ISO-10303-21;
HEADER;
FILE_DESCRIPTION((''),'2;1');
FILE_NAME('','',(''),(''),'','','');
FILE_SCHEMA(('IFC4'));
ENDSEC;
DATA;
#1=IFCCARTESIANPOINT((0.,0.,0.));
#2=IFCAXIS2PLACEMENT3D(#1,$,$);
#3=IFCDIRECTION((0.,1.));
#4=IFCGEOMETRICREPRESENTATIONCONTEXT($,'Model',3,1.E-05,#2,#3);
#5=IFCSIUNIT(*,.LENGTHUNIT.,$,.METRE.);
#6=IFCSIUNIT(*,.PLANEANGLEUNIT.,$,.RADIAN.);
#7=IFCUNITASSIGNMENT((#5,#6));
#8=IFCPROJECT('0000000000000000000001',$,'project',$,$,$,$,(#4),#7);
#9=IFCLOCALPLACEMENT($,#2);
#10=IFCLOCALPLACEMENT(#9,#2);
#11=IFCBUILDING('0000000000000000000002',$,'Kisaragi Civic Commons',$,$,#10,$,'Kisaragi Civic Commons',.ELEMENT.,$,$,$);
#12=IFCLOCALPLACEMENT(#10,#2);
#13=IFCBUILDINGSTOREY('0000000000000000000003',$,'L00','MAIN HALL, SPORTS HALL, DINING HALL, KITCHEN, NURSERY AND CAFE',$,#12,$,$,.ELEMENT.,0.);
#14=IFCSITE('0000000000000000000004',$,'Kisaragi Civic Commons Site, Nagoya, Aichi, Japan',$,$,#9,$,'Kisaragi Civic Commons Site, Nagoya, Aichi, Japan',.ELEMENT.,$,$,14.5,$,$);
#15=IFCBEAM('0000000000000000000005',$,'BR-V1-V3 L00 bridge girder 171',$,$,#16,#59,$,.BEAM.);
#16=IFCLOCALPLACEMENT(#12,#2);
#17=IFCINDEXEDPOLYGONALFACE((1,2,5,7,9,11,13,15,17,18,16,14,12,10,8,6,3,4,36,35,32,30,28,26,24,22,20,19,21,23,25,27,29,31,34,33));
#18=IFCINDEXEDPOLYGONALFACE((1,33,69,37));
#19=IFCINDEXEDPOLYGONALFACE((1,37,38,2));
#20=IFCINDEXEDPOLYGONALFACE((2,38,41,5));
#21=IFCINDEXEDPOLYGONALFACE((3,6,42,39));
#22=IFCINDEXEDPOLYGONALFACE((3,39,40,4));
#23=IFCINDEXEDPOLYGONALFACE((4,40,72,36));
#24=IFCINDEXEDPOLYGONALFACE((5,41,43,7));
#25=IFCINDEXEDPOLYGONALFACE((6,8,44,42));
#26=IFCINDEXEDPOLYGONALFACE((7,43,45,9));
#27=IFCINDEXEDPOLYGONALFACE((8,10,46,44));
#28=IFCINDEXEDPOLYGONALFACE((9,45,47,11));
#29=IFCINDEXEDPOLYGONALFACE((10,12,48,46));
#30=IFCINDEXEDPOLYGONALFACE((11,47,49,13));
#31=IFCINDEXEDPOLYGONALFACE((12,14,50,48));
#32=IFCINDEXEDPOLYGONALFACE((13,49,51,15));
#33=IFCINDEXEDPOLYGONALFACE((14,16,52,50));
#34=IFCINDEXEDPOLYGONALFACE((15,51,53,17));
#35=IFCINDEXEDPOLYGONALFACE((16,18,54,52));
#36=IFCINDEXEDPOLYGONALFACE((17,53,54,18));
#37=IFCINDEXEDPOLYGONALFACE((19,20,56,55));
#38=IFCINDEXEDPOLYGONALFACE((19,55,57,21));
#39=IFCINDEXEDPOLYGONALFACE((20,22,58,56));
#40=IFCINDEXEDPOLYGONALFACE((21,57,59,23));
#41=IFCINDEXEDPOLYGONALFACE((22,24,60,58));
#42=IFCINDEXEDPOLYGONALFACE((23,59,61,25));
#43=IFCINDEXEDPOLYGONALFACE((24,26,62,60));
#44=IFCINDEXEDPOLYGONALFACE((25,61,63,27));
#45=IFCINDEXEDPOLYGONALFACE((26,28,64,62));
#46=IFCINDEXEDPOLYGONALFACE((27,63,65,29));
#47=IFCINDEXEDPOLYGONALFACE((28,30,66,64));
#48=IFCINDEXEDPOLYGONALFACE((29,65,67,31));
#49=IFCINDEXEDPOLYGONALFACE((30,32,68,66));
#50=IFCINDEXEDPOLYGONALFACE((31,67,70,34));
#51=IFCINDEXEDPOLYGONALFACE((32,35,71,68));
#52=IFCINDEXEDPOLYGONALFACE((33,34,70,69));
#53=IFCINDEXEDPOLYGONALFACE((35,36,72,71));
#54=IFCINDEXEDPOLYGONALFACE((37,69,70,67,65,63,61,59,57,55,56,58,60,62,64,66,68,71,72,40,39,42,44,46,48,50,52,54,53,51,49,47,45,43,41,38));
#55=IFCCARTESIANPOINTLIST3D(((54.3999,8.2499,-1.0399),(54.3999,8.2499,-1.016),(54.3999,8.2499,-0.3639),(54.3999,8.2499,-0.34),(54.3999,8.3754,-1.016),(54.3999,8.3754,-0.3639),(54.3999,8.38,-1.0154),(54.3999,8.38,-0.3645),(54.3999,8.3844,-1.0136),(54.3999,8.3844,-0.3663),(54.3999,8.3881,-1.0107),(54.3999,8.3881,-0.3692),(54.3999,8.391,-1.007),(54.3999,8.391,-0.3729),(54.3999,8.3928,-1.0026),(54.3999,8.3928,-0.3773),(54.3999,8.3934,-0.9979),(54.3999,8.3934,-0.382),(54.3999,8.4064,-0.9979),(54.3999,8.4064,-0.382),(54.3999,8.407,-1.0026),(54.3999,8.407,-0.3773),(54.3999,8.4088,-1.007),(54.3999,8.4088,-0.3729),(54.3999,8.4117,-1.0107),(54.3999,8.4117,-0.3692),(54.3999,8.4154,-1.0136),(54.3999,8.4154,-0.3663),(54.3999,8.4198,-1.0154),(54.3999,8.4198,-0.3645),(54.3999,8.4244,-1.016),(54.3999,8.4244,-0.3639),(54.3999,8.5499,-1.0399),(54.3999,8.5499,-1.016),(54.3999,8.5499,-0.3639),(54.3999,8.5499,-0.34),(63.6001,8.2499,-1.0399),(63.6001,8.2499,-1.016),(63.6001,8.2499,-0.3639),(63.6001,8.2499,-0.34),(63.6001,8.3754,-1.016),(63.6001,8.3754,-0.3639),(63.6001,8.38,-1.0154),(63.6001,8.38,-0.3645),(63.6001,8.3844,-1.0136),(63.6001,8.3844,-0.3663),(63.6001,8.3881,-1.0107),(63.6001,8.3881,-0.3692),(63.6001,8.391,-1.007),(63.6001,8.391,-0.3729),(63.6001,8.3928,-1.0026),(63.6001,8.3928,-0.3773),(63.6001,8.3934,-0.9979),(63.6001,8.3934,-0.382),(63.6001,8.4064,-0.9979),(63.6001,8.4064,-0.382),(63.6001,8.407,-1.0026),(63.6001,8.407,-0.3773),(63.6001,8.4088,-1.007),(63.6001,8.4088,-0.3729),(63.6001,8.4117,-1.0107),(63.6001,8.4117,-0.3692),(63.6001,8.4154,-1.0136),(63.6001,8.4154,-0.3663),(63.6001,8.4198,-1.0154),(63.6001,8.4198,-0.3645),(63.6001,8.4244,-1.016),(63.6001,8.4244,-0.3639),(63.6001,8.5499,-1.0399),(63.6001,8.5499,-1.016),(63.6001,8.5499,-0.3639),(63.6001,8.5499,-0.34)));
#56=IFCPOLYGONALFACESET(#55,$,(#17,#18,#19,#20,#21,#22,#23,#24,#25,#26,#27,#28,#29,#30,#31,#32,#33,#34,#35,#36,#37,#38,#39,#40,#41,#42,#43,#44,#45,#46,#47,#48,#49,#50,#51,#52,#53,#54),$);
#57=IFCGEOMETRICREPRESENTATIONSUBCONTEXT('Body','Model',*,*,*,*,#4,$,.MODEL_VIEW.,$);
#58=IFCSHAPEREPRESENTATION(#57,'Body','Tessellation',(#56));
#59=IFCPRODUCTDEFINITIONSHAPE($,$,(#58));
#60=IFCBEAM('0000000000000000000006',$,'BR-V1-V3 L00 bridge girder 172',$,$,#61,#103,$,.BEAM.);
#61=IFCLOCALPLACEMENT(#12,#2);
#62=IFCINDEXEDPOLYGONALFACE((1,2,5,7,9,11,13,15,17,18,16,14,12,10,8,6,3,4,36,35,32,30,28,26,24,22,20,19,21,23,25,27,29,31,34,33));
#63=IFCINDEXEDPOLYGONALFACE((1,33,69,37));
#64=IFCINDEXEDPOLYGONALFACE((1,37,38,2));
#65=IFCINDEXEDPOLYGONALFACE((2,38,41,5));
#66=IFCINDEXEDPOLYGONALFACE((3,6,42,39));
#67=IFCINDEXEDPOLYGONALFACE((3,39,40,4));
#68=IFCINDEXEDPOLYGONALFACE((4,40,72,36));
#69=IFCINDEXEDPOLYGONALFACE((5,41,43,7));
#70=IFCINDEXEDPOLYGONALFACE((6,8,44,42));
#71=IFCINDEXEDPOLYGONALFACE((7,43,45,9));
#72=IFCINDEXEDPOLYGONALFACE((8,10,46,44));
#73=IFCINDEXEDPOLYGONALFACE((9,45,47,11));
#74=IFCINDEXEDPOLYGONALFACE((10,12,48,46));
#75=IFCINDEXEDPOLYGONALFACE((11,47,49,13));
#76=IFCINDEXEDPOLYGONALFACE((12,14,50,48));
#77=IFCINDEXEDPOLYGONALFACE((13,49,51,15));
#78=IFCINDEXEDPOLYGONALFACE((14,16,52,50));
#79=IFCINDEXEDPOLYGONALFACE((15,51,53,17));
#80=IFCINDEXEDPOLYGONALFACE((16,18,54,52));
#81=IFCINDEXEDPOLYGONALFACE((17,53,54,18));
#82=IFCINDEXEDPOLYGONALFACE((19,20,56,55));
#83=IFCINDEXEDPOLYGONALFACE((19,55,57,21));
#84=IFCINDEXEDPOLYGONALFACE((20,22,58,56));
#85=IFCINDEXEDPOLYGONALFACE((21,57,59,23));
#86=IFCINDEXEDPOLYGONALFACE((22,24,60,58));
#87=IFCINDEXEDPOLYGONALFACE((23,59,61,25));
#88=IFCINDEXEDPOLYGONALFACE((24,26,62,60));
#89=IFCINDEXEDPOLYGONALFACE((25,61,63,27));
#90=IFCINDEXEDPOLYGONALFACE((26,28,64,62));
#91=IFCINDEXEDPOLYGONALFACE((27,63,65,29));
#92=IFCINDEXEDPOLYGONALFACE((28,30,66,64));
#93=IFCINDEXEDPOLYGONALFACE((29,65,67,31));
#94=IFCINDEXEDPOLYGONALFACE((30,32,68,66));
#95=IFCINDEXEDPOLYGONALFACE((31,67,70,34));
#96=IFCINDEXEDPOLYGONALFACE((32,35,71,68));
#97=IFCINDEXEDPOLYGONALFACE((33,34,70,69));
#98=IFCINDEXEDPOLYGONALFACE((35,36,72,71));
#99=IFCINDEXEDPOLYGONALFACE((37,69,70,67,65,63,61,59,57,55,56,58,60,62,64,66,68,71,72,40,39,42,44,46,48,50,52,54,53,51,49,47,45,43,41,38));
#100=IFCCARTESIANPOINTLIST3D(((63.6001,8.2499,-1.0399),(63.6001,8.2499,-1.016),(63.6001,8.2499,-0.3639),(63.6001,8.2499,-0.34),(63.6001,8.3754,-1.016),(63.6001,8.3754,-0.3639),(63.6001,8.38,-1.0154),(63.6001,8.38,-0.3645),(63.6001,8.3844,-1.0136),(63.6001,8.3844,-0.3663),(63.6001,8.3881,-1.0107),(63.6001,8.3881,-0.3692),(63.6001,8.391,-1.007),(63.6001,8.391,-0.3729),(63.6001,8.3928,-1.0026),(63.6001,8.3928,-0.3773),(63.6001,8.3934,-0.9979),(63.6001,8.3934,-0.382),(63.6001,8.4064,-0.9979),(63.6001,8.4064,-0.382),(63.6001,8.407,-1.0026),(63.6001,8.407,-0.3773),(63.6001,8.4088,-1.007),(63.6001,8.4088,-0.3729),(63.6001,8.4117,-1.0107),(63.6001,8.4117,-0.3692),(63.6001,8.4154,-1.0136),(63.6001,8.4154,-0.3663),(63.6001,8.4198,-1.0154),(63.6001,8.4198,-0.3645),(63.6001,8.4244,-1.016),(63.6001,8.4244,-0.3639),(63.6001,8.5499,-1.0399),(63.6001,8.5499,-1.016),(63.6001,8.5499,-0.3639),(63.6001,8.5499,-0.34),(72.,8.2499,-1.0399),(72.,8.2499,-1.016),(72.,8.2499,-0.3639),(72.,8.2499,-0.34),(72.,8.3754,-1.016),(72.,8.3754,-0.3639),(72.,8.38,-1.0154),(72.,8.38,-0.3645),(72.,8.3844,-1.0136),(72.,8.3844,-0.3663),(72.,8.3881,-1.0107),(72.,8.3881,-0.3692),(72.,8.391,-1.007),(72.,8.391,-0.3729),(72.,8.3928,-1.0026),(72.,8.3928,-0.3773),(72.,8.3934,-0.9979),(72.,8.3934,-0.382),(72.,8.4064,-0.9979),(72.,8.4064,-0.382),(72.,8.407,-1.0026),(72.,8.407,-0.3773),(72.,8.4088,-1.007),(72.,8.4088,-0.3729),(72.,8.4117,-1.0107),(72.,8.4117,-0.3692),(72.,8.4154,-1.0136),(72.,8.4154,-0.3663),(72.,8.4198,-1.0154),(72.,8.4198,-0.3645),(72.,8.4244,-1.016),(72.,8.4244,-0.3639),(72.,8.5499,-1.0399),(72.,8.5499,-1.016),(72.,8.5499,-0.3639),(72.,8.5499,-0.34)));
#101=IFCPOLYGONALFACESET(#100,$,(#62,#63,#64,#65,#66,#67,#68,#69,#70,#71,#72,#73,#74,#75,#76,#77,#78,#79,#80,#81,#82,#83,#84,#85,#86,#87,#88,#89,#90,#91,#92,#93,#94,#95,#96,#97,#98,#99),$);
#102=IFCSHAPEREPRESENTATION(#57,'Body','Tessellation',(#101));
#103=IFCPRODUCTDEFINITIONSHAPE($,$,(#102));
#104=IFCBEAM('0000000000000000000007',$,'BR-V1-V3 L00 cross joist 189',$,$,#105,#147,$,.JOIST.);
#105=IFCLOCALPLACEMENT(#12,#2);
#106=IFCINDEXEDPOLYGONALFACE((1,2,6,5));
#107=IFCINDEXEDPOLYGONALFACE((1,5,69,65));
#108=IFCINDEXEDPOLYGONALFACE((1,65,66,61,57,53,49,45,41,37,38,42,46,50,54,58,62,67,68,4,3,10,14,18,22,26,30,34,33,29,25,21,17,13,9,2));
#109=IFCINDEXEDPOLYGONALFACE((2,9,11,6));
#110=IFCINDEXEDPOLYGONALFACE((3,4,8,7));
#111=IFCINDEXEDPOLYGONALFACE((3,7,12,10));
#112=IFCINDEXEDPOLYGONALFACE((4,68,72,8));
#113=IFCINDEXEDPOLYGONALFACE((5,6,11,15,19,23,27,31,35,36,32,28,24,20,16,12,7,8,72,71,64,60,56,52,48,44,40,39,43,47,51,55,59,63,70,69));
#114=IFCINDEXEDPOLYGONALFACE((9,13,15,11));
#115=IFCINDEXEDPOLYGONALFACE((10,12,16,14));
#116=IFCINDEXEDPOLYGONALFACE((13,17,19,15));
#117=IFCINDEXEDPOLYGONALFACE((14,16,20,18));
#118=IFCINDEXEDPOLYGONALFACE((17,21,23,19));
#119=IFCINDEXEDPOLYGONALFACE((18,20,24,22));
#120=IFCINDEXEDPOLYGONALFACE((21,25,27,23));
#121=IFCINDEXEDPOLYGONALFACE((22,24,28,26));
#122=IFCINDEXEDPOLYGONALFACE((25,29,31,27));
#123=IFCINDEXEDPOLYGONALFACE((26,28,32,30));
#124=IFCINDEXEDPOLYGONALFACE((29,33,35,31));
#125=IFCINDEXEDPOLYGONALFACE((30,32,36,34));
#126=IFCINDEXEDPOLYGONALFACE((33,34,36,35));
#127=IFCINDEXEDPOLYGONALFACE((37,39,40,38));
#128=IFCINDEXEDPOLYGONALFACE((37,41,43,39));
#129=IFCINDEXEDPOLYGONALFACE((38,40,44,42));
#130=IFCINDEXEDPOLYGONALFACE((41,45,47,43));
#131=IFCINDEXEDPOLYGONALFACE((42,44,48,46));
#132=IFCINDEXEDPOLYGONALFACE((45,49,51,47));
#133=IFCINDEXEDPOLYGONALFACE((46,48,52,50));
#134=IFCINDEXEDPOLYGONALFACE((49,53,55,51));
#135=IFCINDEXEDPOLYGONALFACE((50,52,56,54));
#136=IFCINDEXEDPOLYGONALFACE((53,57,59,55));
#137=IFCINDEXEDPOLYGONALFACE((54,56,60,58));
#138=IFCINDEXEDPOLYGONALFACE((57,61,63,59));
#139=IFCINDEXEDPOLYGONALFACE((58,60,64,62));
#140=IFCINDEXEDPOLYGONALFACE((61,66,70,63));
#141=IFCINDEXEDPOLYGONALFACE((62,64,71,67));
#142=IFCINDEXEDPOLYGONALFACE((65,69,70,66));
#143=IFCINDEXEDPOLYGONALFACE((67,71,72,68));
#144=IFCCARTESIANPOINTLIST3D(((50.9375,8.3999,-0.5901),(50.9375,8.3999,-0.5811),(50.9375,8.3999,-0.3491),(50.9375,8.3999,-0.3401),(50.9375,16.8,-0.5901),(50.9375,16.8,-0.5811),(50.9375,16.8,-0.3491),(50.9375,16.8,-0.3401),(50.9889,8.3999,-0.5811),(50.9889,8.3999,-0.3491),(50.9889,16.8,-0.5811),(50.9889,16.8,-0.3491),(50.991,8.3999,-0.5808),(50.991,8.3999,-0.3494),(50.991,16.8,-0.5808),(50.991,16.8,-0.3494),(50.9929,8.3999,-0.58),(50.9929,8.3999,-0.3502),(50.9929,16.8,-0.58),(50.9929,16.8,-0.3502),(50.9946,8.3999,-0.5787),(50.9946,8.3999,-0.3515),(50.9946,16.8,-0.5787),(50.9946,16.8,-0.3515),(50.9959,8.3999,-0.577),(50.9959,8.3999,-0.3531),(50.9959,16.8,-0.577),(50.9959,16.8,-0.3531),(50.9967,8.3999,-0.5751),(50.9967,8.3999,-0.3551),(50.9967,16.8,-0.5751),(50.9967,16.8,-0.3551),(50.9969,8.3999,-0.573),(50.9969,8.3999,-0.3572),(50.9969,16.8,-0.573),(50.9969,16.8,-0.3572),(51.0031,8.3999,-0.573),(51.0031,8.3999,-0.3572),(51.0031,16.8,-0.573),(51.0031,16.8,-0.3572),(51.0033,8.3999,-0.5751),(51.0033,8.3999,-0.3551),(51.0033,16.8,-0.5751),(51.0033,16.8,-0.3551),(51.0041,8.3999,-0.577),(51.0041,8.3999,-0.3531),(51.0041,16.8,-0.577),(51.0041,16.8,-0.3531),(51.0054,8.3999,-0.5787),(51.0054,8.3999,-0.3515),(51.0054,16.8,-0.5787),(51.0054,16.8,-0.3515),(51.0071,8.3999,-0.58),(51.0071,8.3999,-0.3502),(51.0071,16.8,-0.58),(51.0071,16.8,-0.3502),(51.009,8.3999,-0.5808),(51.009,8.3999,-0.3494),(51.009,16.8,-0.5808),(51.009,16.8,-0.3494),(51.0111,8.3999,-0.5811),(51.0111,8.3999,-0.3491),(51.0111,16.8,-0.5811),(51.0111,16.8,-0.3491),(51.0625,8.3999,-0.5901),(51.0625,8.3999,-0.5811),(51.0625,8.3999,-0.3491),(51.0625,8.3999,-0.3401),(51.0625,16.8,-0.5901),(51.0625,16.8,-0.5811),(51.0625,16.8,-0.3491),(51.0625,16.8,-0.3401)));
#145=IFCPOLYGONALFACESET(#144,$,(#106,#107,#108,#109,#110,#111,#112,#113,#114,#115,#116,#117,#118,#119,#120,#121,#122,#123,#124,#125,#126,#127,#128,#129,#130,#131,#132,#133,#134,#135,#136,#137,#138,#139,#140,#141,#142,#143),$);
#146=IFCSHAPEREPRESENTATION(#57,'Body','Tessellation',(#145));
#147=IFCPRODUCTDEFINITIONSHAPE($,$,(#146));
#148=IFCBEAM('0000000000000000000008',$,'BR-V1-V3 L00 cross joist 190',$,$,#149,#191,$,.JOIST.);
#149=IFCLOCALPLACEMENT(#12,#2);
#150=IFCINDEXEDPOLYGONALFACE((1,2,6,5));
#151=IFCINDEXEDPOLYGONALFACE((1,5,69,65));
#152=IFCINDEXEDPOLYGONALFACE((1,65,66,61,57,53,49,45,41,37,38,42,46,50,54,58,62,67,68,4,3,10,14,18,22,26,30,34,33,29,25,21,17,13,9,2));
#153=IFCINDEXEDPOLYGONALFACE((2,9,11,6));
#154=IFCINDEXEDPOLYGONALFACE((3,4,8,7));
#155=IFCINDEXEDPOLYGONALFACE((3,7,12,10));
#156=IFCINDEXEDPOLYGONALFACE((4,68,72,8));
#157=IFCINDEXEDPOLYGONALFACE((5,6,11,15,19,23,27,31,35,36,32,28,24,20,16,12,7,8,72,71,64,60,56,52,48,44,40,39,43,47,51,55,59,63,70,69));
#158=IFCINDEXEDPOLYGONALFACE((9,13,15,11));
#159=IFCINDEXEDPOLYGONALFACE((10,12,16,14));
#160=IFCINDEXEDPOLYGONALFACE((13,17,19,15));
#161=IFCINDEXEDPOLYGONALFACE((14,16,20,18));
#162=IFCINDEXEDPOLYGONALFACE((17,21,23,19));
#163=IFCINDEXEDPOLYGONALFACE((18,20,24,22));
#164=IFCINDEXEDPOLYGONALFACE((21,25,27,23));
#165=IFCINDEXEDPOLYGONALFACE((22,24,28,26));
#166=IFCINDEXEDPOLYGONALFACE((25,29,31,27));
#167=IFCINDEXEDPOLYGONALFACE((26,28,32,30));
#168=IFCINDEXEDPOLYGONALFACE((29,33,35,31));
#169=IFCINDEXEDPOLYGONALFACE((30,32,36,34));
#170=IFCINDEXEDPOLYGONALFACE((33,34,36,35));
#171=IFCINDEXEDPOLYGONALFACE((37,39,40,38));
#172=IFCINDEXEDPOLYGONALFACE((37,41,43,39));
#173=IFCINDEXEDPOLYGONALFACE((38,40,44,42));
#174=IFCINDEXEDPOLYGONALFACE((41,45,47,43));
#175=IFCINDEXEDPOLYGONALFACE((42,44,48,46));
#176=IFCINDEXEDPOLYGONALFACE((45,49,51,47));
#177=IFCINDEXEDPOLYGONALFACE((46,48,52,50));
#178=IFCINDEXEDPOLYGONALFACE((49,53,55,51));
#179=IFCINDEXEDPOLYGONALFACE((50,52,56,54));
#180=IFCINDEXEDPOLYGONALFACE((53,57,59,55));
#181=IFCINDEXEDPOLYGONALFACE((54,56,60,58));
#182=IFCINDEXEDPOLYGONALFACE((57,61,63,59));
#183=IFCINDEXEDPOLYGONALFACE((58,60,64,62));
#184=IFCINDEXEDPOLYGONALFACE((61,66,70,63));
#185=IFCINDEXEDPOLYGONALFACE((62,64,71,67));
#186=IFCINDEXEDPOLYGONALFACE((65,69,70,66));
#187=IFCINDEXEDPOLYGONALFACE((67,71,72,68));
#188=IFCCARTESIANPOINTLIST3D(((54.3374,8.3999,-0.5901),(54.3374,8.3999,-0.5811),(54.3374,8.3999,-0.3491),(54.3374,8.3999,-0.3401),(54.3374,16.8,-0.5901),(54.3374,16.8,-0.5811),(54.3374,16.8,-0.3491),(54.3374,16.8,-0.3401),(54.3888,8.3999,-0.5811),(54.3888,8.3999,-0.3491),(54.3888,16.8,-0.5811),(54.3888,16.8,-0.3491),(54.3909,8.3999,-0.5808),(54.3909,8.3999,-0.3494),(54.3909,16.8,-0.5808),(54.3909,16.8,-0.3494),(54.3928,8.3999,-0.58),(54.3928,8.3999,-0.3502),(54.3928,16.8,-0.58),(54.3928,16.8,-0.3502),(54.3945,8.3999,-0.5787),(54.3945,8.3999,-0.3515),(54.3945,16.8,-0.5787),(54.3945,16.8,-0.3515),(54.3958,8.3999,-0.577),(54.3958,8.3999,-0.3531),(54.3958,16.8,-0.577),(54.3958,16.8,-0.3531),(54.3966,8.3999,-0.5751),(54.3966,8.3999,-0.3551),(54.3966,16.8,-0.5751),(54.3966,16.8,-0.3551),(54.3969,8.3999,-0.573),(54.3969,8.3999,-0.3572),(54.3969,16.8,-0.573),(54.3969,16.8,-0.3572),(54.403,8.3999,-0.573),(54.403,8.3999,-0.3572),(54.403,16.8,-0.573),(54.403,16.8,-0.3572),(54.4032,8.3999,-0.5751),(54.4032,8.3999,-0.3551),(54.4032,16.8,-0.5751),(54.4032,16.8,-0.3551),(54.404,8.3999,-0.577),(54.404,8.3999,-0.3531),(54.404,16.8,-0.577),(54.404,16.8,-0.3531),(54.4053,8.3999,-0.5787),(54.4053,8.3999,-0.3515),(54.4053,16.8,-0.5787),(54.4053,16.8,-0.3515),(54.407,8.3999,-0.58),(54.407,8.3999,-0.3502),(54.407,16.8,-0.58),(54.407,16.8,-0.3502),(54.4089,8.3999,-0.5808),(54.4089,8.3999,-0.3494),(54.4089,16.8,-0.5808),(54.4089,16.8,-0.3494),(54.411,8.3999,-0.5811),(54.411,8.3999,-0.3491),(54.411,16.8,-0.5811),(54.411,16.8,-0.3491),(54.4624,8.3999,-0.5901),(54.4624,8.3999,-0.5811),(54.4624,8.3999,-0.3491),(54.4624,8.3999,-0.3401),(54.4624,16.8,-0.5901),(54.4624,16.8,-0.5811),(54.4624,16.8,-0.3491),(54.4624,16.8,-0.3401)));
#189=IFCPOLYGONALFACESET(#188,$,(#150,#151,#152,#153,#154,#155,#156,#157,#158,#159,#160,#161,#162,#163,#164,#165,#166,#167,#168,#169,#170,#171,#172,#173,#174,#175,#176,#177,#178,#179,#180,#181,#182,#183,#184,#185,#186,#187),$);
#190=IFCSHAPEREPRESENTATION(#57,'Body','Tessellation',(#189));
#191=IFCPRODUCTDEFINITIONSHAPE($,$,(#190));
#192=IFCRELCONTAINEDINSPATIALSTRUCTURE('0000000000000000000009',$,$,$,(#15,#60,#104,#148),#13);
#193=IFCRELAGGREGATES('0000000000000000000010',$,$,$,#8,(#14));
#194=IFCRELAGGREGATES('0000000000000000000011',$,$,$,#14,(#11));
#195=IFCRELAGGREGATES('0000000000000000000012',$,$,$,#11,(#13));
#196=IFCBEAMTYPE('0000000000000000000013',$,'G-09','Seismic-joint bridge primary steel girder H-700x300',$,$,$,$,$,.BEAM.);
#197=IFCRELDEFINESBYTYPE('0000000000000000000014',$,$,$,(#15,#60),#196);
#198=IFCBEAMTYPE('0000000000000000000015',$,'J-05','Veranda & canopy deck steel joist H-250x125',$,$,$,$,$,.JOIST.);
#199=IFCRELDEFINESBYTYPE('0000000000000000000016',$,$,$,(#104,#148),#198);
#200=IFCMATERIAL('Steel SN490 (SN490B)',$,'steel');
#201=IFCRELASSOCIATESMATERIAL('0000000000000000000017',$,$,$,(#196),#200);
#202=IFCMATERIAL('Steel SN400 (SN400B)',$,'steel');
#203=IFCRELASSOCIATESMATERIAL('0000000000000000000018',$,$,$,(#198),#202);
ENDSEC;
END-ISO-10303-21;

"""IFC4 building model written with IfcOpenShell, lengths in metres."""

from ifc_helpers import new_model, si_unit, direction, frame, origin, origin_2d, place, context, subcontext, project, spatial, i_section, extrude, material, material_profile, profile_set, type_object, element, save


model = new_model("IFC4")

# Units and contexts
model_context = context("Model", 3, precision=1e-05, world=origin(), true_north=direction((0.0, 1.0)))
body_context = subcontext(model_context, "Body", "Model", "MODEL_VIEW")
ifc_project = project(units=[si_unit("LENGTHUNIT", "METRE"), si_unit("PLANEANGLEUNIT", "RADIAN")], contexts=[model_context])

# Site, building, storey
site_placement = place(None, origin())
site = spatial("IfcSite", under=ifc_project, at=site_placement, Name="Kisaragi Civic Commons Site, Nagoya, Aichi, Japan", LongName="Kisaragi Civic Commons Site, Nagoya, Aichi, Japan", CompositionType="ELEMENT", RefElevation=14.5)
building_placement = place(site_placement, origin())
building = spatial("IfcBuilding", under=site, at=building_placement, Name="Kisaragi Civic Commons", LongName="Kisaragi Civic Commons", CompositionType="ELEMENT")
storey_placement = place(building_placement, origin())
storey = spatial("IfcBuildingStorey", under=building, at=storey_placement, Name="L00", Description="MAIN HALL, SPORTS HALL, DINING HALL, KITCHEN, NURSERY AND CAFE", CompositionType="ELEMENT", Elevation=0.0)

# Beams
ifc_material_1 = material(Name="Steel SN490 (SN490B)", Category="steel")
ifc_material_profile_1 = material_profile(ifc_material_1, i_section(OverallWidth=0.3, OverallDepth=0.7, WebThickness=0.0129, FlangeThickness=0.0239, FilletRadius=0.0181, at=origin_2d()), Name="H-700x300x13x24", Category="steel")
ifc_profile_set_1 = profile_set([ifc_material_profile_1], Name="Steel SN490 (SN490B)")
beam_type_1 = type_object("IfcBeamType", Name="G-09", Description="Seismic-joint bridge primary steel girder H-700x300", PredefinedType="BEAM", material=ifc_profile_set_1)
beam_1_placement = place(storey_placement, frame((54.3999, 8.3999, -0.6899), z_axis=(1.0, 0.0, 0.0), x_axis=(0.0, 1.0, 0.0)))
element("IfcBeam", 1, at=beam_1_placement, inside=storey, type_object=beam_type_1, Name="BR-V1-V3 L00 bridge girder 171", PredefinedType="BEAM", context=body_context, shape_type="SweptSolid", body=[
    extrude(i_section(OverallWidth=0.3, OverallDepth=0.7, WebThickness=0.0129, FlangeThickness=0.0239, FilletRadius=0.0181, at=origin_2d()), origin(), (0.0, 0.0, 1.0), 9.2002),
])
beam_2_placement = place(storey_placement, frame((63.6001, 8.3999, -0.6899), z_axis=(1.0, 0.0, 0.0), x_axis=(0.0, 1.0, 0.0)))
element("IfcBeam", 2, at=beam_2_placement, inside=storey, type_object=beam_type_1, Name="BR-V1-V3 L00 bridge girder 172", PredefinedType="BEAM", context=body_context, shape_type="SweptSolid", body=[
    extrude(i_section(OverallWidth=0.3, OverallDepth=0.7, WebThickness=0.0129, FlangeThickness=0.0239, FilletRadius=0.0181, at=origin_2d()), origin(), (0.0, 0.0, 1.0), 8.3999),
])
ifc_material_2 = material(Name="Steel SN400 (SN400B)", Category="steel")
ifc_material_profile_2 = material_profile(ifc_material_2, i_section(OverallWidth=0.125, OverallDepth=0.25, WebThickness=0.0061, FlangeThickness=0.009, FilletRadius=0.0081, at=origin_2d()), Name="H-250x125x6x9", Category="steel")
ifc_profile_set_2 = profile_set([ifc_material_profile_2], Name="Steel SN400 (SN400B)")
beam_type_2 = type_object("IfcBeamType", Name="J-05", Description="Veranda & canopy deck steel joist H-250x125", PredefinedType="JOIST", material=ifc_profile_set_2)
for number, where, z_axis, x_axis, name in (
    (3, (51.0, 8.3999, -0.4651), (0.0, 1.0, 0.0), (-1.0, 0.0, 0.0), "BR-V1-V3 L00 cross joist 189"),
    (4, (54.3999, 8.3999, -0.4651), (0.0, 1.0, 0.0), (-1.0, 0.0, 0.0), "BR-V1-V3 L00 cross joist 190"),
):
    element("IfcBeam", number, at=place(storey_placement, frame(where, z_axis=z_axis, x_axis=x_axis)), inside=storey, type_object=beam_type_2, Name=name, PredefinedType="JOIST", context=body_context, shape_type="SweptSolid", body=[
        extrude(i_section(OverallWidth=0.125, OverallDepth=0.25, WebThickness=0.0061, FlangeThickness=0.009, FilletRadius=0.0081, at=origin_2d()), origin(), (0.0, 0.0, 1.0), 8.4001),
    ])

save(model, "model.ifc")
